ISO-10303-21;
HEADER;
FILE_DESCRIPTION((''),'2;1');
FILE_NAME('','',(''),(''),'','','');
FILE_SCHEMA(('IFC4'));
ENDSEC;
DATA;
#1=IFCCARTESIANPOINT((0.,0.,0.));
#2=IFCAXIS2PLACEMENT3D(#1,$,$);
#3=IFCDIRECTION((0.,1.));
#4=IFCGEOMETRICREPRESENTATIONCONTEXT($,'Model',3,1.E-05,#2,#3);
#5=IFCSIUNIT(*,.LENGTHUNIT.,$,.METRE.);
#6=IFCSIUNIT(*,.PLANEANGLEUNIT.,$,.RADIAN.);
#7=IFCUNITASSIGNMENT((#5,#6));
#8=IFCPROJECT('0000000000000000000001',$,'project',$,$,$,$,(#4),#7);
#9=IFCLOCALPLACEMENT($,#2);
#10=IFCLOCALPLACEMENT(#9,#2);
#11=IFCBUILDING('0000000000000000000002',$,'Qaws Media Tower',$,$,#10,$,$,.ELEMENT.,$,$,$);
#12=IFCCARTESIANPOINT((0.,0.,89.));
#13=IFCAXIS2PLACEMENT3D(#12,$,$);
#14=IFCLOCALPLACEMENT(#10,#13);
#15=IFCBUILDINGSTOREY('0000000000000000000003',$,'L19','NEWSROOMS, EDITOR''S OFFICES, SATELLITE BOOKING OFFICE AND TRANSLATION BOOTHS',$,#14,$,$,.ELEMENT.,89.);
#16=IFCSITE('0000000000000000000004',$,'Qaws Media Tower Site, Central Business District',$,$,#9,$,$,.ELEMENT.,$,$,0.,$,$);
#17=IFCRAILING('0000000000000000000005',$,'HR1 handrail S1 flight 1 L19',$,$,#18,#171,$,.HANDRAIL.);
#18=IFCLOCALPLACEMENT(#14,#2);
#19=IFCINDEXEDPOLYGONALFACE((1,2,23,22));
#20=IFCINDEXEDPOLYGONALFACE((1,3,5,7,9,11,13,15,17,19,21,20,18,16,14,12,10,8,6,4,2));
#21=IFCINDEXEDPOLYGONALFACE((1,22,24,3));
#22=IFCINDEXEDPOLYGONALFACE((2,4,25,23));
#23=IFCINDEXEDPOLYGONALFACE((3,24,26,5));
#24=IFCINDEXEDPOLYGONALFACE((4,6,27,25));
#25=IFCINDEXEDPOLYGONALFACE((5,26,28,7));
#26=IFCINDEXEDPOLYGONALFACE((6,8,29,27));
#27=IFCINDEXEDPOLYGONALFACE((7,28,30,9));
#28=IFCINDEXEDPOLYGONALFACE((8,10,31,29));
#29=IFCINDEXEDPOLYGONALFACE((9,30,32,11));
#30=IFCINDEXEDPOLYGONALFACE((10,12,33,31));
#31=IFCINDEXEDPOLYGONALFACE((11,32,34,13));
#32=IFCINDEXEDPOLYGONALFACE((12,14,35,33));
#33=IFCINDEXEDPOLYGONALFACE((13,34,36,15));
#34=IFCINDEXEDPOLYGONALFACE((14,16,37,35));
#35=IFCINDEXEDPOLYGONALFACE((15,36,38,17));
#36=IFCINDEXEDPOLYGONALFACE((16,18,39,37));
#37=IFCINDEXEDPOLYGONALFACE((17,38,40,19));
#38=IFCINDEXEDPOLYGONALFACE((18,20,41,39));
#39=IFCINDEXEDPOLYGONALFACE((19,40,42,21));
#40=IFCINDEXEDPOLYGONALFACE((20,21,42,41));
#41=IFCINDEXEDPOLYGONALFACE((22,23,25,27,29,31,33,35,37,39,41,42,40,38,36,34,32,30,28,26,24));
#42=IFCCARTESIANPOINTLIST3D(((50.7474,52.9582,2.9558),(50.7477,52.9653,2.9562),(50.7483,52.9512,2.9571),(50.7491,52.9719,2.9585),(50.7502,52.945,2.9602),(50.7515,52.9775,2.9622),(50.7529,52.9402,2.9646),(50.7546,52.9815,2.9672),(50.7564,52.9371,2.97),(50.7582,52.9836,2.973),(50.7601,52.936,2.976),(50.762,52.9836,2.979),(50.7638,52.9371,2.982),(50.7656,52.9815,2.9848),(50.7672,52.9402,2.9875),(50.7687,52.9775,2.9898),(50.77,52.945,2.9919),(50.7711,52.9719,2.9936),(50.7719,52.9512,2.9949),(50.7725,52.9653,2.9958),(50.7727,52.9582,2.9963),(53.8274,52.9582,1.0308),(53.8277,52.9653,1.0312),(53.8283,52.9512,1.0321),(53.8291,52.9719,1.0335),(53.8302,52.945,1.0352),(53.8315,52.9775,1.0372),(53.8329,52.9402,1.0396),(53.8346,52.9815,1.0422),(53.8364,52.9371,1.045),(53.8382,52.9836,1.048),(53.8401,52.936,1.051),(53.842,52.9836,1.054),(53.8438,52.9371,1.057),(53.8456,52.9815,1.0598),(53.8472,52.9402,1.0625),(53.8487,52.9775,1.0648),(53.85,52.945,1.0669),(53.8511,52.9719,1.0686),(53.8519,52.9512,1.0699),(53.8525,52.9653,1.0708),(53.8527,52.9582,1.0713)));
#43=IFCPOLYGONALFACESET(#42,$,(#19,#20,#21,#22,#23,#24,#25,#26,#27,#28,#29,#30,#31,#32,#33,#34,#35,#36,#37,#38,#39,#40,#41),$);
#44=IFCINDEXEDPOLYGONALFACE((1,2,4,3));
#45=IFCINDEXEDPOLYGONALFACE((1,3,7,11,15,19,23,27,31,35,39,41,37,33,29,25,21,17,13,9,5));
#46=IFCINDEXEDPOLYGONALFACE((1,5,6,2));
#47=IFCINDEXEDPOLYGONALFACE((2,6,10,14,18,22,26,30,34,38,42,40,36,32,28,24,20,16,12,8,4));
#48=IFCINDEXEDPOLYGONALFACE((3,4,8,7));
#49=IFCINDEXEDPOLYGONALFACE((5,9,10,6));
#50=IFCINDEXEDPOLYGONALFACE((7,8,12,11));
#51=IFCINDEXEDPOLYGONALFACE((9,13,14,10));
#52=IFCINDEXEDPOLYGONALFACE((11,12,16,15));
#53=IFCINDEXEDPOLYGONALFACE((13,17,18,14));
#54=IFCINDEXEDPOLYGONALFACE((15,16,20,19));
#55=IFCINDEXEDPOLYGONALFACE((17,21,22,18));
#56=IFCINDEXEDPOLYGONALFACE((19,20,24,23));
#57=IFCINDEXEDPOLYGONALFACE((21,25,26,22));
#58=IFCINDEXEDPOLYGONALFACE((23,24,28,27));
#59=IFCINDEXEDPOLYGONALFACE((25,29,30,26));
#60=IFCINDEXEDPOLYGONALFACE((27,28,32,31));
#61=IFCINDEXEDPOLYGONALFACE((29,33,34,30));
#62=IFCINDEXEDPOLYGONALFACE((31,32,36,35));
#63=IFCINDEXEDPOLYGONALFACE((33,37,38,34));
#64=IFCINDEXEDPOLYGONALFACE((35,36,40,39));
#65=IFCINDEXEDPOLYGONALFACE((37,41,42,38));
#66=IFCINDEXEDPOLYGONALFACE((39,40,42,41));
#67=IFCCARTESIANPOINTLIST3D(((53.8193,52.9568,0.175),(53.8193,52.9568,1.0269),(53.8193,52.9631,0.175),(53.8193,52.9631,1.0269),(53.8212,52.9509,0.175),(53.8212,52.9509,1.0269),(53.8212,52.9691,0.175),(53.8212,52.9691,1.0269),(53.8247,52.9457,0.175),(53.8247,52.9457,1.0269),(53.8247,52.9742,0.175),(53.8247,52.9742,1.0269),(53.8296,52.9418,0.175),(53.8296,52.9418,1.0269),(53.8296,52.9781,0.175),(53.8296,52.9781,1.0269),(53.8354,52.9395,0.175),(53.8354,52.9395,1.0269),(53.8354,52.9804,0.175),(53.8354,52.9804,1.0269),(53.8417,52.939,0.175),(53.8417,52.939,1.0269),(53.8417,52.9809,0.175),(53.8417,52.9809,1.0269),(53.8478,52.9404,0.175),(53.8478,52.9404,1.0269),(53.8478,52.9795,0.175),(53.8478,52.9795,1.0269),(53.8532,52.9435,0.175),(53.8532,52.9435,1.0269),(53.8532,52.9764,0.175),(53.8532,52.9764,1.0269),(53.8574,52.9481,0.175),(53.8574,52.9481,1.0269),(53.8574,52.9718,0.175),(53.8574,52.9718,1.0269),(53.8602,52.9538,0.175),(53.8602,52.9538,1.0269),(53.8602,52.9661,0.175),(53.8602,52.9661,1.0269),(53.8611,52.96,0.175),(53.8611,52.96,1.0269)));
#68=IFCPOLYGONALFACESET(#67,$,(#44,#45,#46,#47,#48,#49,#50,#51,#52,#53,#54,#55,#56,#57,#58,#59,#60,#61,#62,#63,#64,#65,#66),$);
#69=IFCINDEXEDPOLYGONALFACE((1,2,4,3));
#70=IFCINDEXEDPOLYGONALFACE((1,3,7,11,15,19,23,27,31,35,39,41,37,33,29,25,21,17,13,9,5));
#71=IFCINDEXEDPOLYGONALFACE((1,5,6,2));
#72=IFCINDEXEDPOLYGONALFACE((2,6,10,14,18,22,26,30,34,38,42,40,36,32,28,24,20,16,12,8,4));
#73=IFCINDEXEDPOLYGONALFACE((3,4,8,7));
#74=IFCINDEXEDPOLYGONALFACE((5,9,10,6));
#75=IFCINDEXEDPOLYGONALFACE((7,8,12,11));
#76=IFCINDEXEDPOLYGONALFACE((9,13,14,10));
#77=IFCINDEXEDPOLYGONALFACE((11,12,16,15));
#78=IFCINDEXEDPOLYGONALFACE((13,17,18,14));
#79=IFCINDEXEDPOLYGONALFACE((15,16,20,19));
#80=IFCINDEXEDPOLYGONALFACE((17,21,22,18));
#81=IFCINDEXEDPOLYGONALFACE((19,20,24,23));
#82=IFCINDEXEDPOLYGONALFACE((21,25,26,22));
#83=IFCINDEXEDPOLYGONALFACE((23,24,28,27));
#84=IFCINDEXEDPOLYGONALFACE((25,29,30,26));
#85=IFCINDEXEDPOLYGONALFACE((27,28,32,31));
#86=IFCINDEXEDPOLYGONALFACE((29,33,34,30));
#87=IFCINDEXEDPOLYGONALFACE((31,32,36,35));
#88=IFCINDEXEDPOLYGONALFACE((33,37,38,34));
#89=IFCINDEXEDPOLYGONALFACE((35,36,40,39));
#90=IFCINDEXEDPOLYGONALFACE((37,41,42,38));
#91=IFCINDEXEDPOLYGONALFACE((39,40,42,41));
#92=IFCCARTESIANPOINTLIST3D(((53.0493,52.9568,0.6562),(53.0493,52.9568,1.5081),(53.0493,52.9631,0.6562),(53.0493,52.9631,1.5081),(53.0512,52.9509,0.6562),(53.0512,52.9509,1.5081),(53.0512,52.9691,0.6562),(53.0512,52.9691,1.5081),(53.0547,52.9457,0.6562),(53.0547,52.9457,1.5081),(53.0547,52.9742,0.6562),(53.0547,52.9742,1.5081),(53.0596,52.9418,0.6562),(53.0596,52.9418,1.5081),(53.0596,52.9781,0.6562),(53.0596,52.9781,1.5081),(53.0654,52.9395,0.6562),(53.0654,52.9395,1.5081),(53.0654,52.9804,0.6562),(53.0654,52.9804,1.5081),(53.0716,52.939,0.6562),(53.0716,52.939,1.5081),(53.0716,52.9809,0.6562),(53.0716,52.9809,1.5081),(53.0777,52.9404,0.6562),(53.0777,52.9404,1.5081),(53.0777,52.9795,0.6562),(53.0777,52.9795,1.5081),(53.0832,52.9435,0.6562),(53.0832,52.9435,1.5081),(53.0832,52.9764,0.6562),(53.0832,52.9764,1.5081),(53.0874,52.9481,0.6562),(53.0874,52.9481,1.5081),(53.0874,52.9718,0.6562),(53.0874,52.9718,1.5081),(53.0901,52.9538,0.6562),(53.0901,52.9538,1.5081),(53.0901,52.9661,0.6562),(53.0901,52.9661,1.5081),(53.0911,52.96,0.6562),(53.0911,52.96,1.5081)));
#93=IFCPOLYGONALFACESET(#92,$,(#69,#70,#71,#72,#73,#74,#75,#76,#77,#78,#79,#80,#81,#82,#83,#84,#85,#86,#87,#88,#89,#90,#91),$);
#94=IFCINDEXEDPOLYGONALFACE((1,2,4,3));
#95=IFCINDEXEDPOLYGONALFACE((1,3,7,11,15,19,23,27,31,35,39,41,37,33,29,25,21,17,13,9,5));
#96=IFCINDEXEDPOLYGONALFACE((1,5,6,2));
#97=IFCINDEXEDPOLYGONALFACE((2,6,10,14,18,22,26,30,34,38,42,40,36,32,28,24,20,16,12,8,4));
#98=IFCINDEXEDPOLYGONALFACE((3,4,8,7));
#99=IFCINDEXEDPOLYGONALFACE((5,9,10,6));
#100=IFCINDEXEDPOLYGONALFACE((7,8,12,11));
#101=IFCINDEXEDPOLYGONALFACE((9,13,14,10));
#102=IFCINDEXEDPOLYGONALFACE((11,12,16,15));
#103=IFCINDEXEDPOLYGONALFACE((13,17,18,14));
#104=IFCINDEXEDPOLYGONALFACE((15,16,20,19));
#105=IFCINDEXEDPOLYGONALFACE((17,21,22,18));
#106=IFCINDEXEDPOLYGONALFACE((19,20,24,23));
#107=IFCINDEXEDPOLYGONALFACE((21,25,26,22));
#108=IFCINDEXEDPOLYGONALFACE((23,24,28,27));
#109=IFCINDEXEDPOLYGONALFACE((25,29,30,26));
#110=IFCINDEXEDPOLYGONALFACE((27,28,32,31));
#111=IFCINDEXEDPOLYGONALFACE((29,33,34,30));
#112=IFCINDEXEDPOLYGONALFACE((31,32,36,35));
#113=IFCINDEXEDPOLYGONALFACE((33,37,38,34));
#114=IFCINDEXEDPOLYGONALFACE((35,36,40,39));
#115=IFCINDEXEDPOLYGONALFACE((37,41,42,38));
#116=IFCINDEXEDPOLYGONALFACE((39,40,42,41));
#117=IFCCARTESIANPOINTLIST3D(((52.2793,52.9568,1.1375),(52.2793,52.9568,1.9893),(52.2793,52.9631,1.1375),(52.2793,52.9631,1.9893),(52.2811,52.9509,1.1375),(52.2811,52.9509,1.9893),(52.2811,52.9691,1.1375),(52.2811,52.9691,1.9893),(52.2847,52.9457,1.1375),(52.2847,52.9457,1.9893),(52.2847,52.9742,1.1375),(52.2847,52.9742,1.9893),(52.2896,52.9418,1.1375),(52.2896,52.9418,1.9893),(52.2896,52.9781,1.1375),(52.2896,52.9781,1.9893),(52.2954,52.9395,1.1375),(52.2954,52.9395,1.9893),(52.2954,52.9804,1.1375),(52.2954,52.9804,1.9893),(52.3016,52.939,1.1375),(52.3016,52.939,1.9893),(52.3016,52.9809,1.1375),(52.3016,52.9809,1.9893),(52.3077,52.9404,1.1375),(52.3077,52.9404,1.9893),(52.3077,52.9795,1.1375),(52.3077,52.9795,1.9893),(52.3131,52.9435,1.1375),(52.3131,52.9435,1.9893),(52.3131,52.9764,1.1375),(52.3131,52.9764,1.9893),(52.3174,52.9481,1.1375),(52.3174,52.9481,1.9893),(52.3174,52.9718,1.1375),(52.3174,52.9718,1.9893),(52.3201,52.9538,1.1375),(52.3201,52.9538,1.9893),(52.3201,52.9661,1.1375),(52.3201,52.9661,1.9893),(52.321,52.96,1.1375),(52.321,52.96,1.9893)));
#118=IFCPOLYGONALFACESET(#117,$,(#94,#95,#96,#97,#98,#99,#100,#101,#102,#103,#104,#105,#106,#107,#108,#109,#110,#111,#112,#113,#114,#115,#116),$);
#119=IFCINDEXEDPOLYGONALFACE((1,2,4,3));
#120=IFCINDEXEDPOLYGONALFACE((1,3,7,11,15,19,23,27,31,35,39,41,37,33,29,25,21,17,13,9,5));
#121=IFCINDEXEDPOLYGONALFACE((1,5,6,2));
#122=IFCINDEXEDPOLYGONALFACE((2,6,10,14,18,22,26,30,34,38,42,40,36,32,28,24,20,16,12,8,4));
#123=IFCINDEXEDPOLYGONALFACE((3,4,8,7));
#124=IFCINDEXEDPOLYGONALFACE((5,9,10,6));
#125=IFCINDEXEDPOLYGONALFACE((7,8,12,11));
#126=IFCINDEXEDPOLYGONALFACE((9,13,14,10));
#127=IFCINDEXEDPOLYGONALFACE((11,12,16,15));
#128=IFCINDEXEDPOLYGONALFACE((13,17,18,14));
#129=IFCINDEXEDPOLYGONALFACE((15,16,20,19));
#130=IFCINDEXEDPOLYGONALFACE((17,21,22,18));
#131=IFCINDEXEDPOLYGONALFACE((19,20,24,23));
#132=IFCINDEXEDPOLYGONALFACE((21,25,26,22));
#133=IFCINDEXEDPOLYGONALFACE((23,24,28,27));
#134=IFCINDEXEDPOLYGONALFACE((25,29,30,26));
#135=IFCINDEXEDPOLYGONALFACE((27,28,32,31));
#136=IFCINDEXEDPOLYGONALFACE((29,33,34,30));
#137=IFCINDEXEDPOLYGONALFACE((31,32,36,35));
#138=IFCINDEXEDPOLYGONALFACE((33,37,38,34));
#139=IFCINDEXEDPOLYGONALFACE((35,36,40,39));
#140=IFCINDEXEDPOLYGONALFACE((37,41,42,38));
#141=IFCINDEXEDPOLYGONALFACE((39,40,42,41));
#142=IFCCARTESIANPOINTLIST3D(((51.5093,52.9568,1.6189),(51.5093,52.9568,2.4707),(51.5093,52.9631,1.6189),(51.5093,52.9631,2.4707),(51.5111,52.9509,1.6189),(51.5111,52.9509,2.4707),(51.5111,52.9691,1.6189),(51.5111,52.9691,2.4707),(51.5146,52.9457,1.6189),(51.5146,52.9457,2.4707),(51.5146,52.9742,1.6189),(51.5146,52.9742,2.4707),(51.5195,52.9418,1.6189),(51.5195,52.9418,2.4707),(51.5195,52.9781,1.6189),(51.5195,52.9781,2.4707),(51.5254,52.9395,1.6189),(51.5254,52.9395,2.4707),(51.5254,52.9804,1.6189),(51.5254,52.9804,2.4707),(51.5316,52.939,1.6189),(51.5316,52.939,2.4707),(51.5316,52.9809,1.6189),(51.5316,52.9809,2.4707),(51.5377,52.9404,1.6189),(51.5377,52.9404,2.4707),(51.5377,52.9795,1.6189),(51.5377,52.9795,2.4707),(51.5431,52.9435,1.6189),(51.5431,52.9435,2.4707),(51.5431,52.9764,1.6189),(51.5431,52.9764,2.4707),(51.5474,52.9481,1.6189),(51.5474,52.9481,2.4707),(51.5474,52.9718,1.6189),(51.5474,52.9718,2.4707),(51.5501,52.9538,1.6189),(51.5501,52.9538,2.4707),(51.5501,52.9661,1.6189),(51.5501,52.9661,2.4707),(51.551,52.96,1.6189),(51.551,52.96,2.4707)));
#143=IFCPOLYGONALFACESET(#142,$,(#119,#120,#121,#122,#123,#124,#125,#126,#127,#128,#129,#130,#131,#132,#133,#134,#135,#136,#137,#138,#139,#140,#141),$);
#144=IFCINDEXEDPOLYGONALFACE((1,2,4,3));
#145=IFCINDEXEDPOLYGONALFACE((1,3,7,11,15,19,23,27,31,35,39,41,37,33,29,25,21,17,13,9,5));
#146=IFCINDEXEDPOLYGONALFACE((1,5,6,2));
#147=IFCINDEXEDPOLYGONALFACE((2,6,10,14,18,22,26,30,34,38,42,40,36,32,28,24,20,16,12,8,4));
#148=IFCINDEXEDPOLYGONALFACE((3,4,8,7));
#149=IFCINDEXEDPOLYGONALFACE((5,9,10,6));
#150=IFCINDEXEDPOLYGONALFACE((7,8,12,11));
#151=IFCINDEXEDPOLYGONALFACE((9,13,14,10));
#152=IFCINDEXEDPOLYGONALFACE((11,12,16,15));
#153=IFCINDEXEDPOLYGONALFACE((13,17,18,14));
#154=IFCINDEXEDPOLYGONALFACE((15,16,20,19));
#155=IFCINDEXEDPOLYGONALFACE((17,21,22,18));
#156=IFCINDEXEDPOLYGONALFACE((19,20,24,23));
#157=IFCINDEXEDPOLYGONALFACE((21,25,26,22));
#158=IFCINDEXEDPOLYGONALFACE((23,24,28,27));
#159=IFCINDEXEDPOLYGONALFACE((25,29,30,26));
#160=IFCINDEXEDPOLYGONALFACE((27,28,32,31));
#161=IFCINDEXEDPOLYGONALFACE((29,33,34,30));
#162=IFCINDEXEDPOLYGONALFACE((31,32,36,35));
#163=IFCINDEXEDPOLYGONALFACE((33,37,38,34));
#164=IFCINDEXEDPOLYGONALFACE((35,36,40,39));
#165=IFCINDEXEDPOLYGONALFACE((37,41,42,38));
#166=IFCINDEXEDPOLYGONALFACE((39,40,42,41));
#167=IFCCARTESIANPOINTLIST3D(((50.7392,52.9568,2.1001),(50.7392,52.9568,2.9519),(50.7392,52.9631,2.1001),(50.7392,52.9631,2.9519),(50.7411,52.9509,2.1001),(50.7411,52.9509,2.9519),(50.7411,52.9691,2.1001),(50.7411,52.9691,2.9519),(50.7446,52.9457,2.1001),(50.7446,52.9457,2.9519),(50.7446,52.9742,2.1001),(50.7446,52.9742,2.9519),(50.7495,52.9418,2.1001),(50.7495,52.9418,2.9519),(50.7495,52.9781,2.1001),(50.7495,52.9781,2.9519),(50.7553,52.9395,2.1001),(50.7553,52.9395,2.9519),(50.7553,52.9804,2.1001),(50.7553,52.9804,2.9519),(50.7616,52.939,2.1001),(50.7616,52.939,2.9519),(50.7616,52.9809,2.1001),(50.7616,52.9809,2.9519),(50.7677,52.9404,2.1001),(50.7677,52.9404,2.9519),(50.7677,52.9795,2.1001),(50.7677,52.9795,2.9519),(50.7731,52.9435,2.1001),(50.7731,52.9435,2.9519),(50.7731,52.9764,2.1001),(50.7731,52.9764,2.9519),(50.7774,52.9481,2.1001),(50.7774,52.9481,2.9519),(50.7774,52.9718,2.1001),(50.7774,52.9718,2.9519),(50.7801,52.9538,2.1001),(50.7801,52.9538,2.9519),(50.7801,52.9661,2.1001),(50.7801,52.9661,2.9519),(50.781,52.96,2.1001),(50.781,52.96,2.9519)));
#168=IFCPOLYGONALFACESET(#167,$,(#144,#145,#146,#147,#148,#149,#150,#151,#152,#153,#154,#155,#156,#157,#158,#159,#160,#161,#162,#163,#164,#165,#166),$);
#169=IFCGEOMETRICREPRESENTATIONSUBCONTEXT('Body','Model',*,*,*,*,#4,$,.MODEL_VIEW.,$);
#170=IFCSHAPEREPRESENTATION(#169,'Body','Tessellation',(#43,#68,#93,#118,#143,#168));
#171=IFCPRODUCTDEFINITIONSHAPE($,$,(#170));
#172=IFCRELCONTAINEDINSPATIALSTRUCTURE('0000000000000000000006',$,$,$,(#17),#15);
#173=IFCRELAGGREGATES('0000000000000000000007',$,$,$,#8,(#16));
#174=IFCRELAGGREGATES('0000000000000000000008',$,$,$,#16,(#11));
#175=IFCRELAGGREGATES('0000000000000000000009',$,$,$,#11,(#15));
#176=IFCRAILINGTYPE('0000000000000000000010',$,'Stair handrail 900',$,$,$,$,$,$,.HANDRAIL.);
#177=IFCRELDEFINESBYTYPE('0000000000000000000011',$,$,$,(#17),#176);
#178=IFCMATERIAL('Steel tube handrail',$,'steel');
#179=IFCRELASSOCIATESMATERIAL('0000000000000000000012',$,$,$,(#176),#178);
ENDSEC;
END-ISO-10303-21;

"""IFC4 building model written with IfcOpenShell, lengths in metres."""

from ifc_helpers import new_model, si_unit, direction, frame, origin, origin_2d, place, context, subcontext, project, spatial, circle, extrude, material, type_object, element, save


model = new_model("IFC4")

# Units and contexts
model_context = context("Model", 3, precision=1e-05, world=origin(), true_north=direction((0.0, 1.0)))
body_context = subcontext(model_context, "Body", "Model", "MODEL_VIEW")
ifc_project = project(units=[si_unit("LENGTHUNIT", "METRE"), si_unit("PLANEANGLEUNIT", "RADIAN")], contexts=[model_context])

# Site, building, storey
site_placement = place(None, origin())
site = spatial("IfcSite", under=ifc_project, at=site_placement, Name="Qaws Media Tower Site, Central Business District", CompositionType="ELEMENT", RefElevation=0.0)
building_placement = place(site_placement, origin())
building = spatial("IfcBuilding", under=site, at=building_placement, Name="Qaws Media Tower", CompositionType="ELEMENT")
storey_placement = place(building_placement, frame((0.0, 0.0, 89.0)))
storey = spatial("IfcBuildingStorey", under=building, at=storey_placement, Name="L19", Description="NEWSROOMS, EDITOR'S OFFICES, SATELLITE BOOKING OFFICE AND TRANSLATION BOOTHS", CompositionType="ELEMENT", Elevation=89.0)

# Railing
ifc_material_1 = material(Name="Steel tube handrail", Category="steel")
railing_type = type_object("IfcRailingType", Name="Stair handrail 900", PredefinedType="HANDRAIL", material=ifc_material_1)
for number, where, name in (
    (1, (53.8401, 52.96, 0.175), "HR1 handrail S1 flight 1 L19"),
):
    element("IfcRailing", number, at=place(storey_placement, frame(where)), inside=storey, type_object=railing_type, Name=name, PredefinedType="HANDRAIL", context=body_context, shape_type="SweptSolid", body=[
        extrude(circle(Radius=0.0239, at=origin_2d()), frame((0.0, 0.0, 0.876), z_axis=(-0.847998, 0.0, 0.529999), x_axis=(0.0, -1.0, 0.0)), (0.0, 0.0, 1.0), 3.6321),
        extrude(circle(Radius=0.021, at=origin_2d()), origin(), (0.0, 0.0, 1.0), 0.8518),
        extrude(circle(Radius=0.021, at=origin_2d()), frame((-0.77, 0.0, 0.4812)), (0.0, 0.0, 1.0), 0.8518),
        extrude(circle(Radius=0.021, at=origin_2d()), frame((-1.54, 0.0, 0.9624)), (0.0, 0.0, 1.0), 0.8518),
        extrude(circle(Radius=0.021, at=origin_2d()), frame((-2.3101, 0.0, 1.4438)), (0.0, 0.0, 1.0), 0.8518),
        extrude(circle(Radius=0.021, at=origin_2d()), frame((-3.0801, 0.0, 1.925)), (0.0, 0.0, 1.0), 0.8518),
    ])

save(model, "model.ifc")
